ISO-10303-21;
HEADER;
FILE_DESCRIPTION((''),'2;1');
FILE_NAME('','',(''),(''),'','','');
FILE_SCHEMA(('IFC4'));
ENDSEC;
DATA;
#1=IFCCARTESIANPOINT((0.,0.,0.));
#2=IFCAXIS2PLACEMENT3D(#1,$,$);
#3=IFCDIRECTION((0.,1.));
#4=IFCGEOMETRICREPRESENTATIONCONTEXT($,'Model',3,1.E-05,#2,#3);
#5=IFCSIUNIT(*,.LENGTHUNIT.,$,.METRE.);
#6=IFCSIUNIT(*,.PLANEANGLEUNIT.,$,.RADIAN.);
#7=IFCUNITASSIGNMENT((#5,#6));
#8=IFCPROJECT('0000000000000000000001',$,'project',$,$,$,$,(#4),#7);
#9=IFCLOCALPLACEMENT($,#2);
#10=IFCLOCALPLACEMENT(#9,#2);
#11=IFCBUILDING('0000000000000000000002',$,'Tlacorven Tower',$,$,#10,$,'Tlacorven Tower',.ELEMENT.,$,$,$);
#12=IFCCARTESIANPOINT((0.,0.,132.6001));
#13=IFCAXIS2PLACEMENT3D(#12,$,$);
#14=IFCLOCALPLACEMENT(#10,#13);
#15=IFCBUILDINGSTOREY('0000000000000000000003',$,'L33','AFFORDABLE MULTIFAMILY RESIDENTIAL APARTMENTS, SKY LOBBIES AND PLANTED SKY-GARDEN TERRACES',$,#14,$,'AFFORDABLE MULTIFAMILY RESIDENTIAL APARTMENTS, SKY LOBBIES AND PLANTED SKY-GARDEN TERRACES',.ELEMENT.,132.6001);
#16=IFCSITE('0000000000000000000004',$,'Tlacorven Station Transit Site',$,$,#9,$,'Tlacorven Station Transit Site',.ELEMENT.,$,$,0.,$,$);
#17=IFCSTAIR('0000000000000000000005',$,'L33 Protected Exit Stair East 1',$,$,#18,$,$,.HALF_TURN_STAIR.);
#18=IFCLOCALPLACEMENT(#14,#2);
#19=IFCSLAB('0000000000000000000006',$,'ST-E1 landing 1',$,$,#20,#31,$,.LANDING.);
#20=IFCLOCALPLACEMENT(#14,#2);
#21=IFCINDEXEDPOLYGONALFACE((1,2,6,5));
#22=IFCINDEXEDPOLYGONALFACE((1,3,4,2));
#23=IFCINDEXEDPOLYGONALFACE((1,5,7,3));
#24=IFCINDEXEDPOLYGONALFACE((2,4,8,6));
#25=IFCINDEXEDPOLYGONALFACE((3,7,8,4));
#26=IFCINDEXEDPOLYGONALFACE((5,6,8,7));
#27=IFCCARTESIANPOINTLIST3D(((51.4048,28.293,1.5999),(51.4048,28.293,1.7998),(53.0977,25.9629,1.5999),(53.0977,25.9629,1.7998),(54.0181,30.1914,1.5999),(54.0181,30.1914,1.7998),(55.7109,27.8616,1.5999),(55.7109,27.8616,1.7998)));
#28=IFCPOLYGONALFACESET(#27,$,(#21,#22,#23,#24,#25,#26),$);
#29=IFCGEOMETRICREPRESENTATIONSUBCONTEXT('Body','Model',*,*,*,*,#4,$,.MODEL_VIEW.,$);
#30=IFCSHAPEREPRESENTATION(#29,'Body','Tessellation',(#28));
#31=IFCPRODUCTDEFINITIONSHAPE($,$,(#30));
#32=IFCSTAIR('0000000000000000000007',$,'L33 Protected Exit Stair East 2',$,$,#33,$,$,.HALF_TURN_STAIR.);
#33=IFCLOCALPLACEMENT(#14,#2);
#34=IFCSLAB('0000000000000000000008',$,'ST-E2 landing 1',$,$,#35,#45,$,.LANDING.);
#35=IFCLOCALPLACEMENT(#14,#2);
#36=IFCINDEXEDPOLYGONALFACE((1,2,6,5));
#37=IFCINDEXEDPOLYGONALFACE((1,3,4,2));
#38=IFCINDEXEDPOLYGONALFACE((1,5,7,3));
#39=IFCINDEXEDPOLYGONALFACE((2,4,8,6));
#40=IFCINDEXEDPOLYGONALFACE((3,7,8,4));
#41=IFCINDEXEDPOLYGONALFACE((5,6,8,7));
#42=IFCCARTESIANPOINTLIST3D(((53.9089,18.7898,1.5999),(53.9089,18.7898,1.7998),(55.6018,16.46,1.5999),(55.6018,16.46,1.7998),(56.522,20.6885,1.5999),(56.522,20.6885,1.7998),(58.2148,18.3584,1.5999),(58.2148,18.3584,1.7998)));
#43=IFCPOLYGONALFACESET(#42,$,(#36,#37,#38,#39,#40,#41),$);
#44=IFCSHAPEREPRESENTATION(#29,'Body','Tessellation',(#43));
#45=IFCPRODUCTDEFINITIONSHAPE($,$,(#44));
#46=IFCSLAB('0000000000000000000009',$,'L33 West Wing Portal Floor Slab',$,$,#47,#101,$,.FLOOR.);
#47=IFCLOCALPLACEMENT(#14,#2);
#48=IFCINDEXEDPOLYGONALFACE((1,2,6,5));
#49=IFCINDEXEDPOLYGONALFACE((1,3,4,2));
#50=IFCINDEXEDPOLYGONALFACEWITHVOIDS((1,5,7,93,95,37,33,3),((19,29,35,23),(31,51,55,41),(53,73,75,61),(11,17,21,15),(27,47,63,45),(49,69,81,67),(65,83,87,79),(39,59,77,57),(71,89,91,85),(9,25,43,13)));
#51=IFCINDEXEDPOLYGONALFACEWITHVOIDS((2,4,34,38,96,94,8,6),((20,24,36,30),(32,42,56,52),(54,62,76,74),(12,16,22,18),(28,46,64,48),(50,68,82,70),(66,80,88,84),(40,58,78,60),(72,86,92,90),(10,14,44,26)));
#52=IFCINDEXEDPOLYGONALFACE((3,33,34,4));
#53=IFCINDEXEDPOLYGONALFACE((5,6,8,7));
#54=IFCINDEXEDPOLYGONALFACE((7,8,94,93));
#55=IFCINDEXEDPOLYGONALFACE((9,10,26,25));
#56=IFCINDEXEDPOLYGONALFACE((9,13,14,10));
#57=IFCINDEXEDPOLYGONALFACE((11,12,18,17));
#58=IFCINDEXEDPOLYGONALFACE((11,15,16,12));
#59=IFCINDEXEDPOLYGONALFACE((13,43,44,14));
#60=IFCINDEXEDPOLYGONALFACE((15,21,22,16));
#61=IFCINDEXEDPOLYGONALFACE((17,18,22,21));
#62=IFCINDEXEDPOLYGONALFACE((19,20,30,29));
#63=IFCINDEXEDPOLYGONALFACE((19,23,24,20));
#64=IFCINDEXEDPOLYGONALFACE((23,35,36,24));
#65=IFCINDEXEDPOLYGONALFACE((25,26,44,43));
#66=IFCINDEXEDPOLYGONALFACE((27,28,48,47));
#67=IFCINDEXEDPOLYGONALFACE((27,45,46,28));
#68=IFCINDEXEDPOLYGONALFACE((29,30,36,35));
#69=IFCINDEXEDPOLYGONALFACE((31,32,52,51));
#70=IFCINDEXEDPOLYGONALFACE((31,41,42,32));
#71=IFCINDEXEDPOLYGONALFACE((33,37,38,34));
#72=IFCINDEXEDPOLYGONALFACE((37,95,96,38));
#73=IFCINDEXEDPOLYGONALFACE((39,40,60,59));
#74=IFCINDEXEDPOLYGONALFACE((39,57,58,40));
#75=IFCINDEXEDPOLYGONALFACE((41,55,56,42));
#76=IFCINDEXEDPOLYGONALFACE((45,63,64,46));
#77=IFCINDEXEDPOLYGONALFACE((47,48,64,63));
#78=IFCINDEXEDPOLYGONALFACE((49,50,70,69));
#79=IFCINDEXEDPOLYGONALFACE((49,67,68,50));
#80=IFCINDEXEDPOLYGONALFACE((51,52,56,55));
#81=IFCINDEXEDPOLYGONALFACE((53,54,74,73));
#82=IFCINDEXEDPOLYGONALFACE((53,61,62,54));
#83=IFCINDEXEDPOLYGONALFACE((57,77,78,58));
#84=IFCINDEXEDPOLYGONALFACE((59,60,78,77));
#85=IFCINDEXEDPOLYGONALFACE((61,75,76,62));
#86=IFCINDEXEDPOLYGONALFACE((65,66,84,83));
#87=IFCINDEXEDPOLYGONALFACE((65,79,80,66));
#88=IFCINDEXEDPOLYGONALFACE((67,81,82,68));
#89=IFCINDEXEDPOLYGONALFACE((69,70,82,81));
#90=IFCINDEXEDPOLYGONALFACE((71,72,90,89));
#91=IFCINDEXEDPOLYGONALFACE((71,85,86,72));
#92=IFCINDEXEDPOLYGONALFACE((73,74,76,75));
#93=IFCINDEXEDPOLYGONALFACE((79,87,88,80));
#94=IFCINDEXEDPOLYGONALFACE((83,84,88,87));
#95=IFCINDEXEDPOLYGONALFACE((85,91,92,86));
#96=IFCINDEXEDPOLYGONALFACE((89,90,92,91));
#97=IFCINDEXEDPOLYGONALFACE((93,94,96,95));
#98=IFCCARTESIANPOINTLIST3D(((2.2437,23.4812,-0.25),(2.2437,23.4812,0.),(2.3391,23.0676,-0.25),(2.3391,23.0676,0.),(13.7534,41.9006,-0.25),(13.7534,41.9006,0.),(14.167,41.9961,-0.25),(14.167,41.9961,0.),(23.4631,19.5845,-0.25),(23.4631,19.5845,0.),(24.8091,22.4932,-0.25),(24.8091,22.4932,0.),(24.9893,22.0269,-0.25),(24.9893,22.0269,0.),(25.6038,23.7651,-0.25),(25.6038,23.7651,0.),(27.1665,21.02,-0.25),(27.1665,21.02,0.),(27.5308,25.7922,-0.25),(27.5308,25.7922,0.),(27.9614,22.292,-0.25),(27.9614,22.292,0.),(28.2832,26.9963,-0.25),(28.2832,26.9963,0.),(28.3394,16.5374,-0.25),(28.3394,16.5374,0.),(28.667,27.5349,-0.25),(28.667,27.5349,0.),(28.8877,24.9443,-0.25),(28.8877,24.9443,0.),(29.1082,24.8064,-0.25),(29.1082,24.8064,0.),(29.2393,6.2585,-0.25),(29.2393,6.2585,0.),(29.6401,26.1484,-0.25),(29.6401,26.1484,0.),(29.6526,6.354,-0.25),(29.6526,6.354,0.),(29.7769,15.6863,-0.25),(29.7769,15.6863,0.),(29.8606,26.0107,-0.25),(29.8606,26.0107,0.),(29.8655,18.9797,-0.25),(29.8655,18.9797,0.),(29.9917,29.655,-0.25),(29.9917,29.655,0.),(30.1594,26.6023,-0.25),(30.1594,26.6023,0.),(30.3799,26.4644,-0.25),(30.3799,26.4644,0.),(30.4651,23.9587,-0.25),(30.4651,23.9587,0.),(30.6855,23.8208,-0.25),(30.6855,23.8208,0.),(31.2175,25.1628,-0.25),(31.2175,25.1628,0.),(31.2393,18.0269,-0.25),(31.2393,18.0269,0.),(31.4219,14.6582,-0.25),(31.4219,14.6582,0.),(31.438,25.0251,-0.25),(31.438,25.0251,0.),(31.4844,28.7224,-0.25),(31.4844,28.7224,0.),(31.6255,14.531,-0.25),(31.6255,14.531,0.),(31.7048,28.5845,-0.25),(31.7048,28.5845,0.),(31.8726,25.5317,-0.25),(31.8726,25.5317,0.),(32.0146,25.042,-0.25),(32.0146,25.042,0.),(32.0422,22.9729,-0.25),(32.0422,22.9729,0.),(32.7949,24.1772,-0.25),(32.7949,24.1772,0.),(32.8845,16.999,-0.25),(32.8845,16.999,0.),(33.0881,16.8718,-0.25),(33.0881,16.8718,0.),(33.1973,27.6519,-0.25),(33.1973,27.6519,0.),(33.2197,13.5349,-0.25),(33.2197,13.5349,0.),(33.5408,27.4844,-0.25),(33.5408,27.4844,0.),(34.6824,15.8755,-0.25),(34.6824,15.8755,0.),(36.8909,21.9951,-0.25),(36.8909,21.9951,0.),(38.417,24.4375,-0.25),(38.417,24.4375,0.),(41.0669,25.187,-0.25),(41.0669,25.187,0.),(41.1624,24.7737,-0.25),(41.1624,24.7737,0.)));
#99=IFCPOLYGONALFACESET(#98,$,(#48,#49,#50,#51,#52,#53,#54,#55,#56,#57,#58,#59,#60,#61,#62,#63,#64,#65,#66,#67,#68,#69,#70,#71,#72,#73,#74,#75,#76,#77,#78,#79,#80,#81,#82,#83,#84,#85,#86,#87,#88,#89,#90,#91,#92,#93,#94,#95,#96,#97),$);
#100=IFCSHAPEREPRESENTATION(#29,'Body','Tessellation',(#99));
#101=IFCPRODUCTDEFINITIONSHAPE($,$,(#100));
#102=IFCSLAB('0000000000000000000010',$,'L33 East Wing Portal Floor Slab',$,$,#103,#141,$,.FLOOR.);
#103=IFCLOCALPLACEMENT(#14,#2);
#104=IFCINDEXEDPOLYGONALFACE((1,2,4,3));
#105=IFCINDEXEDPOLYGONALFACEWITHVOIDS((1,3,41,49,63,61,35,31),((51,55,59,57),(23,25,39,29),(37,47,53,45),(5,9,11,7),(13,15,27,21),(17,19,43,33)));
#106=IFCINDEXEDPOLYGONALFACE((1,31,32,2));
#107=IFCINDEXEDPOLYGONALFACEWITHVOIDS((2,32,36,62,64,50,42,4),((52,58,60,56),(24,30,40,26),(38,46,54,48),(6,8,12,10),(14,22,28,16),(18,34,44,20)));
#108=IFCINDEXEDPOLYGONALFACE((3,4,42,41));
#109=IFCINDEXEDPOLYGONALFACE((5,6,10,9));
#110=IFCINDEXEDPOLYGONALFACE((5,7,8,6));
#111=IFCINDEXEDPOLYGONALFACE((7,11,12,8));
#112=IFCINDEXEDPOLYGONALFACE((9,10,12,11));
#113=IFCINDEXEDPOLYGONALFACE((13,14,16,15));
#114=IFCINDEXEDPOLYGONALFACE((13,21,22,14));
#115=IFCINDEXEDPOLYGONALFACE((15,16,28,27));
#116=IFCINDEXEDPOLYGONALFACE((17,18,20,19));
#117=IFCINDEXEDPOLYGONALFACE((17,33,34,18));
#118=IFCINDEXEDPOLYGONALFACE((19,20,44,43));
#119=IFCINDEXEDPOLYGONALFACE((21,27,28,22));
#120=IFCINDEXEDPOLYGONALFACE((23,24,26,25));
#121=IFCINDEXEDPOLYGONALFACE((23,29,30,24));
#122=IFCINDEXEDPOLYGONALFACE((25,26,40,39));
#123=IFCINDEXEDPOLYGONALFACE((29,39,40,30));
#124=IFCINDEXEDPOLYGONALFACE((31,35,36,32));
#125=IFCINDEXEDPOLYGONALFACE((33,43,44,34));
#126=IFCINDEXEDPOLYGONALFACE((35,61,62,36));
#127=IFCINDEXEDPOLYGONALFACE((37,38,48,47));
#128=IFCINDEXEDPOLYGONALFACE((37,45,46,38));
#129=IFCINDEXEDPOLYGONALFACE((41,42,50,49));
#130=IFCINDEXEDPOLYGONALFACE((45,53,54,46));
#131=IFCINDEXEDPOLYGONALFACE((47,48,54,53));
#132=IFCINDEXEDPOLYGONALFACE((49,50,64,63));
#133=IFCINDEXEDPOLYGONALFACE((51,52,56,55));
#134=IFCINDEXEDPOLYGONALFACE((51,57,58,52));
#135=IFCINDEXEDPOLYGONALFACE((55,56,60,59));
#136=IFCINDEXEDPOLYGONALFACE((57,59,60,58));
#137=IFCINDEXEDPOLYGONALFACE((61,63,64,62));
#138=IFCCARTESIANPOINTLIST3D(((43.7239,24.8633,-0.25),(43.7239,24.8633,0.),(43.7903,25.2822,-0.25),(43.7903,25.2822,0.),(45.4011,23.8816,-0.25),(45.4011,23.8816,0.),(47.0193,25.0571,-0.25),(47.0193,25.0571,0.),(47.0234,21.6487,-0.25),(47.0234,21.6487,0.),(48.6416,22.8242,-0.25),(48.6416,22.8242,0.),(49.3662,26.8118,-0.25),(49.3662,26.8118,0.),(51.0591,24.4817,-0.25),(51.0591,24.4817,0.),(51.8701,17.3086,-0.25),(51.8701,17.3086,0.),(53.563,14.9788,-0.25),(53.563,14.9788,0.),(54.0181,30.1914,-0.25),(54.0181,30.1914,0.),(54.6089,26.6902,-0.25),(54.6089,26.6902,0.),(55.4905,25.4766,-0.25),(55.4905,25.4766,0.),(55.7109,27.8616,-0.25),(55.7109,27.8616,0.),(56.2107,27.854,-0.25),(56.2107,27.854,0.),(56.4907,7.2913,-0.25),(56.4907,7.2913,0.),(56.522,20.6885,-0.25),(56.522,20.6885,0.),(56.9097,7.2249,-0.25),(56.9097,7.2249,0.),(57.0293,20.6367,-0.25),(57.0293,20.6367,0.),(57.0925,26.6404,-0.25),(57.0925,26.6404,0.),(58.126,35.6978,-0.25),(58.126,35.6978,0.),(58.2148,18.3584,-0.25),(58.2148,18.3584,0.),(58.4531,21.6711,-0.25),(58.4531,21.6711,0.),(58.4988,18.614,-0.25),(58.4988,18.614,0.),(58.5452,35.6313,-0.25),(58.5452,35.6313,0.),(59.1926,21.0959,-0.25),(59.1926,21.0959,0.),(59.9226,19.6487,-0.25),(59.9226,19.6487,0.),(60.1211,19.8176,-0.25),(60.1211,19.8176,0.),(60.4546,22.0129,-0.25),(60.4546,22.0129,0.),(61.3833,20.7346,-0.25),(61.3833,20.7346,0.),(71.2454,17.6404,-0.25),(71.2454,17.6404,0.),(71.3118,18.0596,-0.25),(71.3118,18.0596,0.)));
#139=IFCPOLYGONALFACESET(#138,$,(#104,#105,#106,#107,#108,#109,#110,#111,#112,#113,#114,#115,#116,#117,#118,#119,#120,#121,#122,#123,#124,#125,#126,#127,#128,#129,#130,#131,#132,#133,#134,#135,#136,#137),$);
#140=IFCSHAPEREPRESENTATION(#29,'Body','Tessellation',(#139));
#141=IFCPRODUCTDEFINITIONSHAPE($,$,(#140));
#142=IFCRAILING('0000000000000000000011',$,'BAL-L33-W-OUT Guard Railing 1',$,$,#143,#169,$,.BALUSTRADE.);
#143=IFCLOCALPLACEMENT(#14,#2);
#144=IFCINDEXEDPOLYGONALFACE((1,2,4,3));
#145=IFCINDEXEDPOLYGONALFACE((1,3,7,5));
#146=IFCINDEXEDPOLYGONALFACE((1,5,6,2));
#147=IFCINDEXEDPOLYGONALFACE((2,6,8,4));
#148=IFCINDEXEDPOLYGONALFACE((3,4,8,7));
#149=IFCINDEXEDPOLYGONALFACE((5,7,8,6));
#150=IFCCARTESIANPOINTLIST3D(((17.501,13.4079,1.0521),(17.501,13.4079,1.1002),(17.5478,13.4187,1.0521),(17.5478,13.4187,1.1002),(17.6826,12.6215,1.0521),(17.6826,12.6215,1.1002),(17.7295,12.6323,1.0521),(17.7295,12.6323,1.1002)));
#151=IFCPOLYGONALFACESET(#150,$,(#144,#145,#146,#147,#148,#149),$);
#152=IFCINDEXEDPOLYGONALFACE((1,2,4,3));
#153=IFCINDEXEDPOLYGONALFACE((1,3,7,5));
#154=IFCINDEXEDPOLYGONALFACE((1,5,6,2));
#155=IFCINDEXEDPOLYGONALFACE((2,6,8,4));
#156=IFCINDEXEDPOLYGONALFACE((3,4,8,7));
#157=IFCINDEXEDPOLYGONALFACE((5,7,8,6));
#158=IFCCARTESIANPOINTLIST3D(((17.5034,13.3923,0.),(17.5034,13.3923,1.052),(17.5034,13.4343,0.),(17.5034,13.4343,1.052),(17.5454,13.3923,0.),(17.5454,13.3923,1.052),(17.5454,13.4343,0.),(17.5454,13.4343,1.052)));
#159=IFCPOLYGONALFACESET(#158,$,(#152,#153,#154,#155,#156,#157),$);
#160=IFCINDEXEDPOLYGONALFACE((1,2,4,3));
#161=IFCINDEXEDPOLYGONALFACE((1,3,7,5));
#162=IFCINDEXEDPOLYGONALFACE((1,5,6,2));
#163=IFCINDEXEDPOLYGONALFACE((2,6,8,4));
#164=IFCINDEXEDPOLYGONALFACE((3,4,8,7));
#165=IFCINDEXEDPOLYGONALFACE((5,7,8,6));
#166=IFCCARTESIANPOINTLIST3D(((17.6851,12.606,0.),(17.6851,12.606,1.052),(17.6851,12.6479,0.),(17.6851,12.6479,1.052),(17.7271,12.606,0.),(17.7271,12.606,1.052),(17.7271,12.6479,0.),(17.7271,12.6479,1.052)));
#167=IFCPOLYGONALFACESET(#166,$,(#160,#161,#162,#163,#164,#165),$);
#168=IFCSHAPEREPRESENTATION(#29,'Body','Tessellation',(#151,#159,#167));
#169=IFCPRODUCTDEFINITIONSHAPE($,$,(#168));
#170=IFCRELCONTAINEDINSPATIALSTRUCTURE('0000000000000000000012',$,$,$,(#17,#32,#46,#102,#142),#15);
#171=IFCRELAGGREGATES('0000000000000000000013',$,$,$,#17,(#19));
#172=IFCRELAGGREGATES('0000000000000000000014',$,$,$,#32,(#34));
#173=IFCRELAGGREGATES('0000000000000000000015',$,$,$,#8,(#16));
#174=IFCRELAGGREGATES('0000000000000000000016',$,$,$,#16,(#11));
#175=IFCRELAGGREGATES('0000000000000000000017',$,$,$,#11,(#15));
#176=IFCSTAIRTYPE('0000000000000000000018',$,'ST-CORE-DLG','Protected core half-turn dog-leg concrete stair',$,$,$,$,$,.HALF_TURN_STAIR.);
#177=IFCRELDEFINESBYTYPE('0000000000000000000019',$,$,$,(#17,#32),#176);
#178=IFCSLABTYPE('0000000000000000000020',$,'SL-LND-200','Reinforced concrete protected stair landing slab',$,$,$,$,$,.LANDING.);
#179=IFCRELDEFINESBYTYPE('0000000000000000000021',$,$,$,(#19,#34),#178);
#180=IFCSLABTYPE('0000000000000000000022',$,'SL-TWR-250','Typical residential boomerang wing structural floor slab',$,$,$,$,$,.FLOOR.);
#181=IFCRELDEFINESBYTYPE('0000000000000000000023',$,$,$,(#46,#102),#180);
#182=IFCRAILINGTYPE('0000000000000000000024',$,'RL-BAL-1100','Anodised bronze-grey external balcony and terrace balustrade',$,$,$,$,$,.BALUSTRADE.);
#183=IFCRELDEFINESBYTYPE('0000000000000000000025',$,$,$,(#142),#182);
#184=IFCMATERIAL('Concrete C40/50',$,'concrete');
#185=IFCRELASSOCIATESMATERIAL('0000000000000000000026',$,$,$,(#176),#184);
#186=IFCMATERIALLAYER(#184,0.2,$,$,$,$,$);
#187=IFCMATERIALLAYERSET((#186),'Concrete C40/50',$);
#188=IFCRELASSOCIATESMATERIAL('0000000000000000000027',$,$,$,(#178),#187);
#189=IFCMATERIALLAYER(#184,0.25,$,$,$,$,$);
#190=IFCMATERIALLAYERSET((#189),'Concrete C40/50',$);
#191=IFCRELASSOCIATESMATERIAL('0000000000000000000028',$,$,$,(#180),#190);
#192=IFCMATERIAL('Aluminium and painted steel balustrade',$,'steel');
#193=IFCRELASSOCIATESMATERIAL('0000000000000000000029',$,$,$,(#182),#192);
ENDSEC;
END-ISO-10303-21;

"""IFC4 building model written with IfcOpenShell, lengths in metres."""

from ifc_helpers import new_model, si_unit, direction, frame, origin, origin_2d, place, context, subcontext, project, spatial, polyline, rectangle, outline, extrude, source, transform, mapped, material, layer, layer_set, type_object, element, aggregate, save


model = new_model("IFC4")

# Units and contexts
model_context = context("Model", 3, precision=1e-05, world=origin(), true_north=direction((0.0, 1.0)))
body_context = subcontext(model_context, "Body", "Model", "MODEL_VIEW")
ifc_project = project(units=[si_unit("LENGTHUNIT", "METRE"), si_unit("PLANEANGLEUNIT", "RADIAN")], contexts=[model_context])

# Site, building, storey
site_placement = place(None, origin())
site = spatial("IfcSite", under=ifc_project, at=site_placement, Name="Tlacorven Station Transit Site", LongName="Tlacorven Station Transit Site", CompositionType="ELEMENT", RefElevation=0.0)
building_placement = place(site_placement, origin())
building = spatial("IfcBuilding", under=site, at=building_placement, Name="Tlacorven Tower", LongName="Tlacorven Tower", CompositionType="ELEMENT")
storey_placement = place(building_placement, frame((0.0, 0.0, 132.6001)))
storey = spatial("IfcBuildingStorey", under=building, at=storey_placement, Name="L33", Description="AFFORDABLE MULTIFAMILY RESIDENTIAL APARTMENTS, SKY LOBBIES AND PLANTED SKY-GARDEN TERRACES", LongName="AFFORDABLE MULTIFAMILY RESIDENTIAL APARTMENTS, SKY LOBBIES AND PLANTED SKY-GARDEN TERRACES", CompositionType="ELEMENT", Elevation=132.6001)

# Stairs, slabs
ifc_material_1 = material(Name="Concrete C40/50", Category="concrete")
stair_type = type_object("IfcStairType", Name="ST-CORE-DLG", Description="Protected core half-turn dog-leg concrete stair", PredefinedType="HALF_TURN_STAIR", material=ifc_material_1)
ifc_layer_1 = layer(ifc_material_1, 0.2)
ifc_layer_set_1 = layer_set([ifc_layer_1], Name="Concrete C40/50")
slab_type_1 = type_object("IfcSlabType", Name="SL-LND-200", Description="Reinforced concrete protected stair landing slab", PredefinedType="LANDING", material=ifc_layer_set_1)
stair_1_placement = place(storey_placement, origin())
stair_1 = element("IfcStair", 1, at=stair_1_placement, inside=storey, type_object=stair_type, Name="L33 Protected Exit Stair East 1", PredefinedType="HALF_TURN_STAIR")
slab_1_placement = place(storey_placement, frame((0.0, 0.0, 1.5999)))
slab_1 = element("IfcSlab", 2, at=slab_1_placement, type_object=slab_type_1, Name="ST-E1 landing 1", PredefinedType="LANDING", context=body_context, shape_type="SweptSolid", body=[
    extrude(outline(polyline([(53.0977, 25.9629), (55.7109, 27.8616), (54.0181, 30.1914), (51.4048, 28.293), (53.0977, 25.9629)])), origin(), (0.0, 0.0, 1.0), 0.2),
])
aggregate(stair_1, [slab_1])
stair_2_placement = place(storey_placement, origin())
stair_2 = element("IfcStair", 3, at=stair_2_placement, inside=storey, type_object=stair_type, Name="L33 Protected Exit Stair East 2", PredefinedType="HALF_TURN_STAIR")
slab_2_placement = place(storey_placement, frame((0.0, 0.0, 1.5999)))
slab_2 = element("IfcSlab", 4, at=slab_2_placement, type_object=slab_type_1, Name="ST-E2 landing 1", PredefinedType="LANDING", context=body_context, shape_type="SweptSolid", body=[
    extrude(outline(polyline([(55.6018, 16.46), (58.2148, 18.3584), (56.522, 20.6885), (53.9089, 18.7898), (55.6018, 16.46)])), origin(), (0.0, 0.0, 1.0), 0.2),
])
aggregate(stair_2, [slab_2])

# Slabs
ifc_layer_2 = layer(ifc_material_1, 0.25)
ifc_layer_set_2 = layer_set([ifc_layer_2], Name="Concrete C40/50")
slab_type_2 = type_object("IfcSlabType", Name="SL-TWR-250", Description="Typical residential boomerang wing structural floor slab", PredefinedType="FLOOR", material=ifc_layer_set_2)
slab_3_placement = place(storey_placement, frame((0.0, 0.0, -0.25)))
element("IfcSlab", 5, at=slab_3_placement, inside=storey, type_object=slab_type_2, Name="L33 West Wing Portal Floor Slab", PredefinedType="FLOOR", context=body_context, shape_type="SweptSolid", body=[
    extrude(outline(polyline([(41.0669, 25.187), (14.167, 41.9961), (13.7534, 41.9006), (2.2437, 23.4812), (2.3391, 23.0676), (29.2393, 6.2585), (29.6526, 6.354), (41.1624, 24.7737), (41.0669, 25.187)]), holes=[polyline([(29.8655, 18.9797), (24.9893, 22.0269), (23.4631, 19.5845), (28.3394, 16.5374), (29.8655, 18.9797)]), polyline([(38.417, 24.4375), (33.5408, 27.4844), (32.0146, 25.042), (36.8909, 21.9951), (38.417, 24.4375)]), polyline([(34.6824, 15.8755), (33.0881, 16.8718), (31.6255, 14.531), (33.2197, 13.5349), (34.6824, 15.8755)]), polyline([(32.8845, 16.999), (31.2393, 18.0269), (29.7769, 15.6863), (31.4219, 14.6582), (32.8845, 16.999)]), polyline([(33.1973, 27.6519), (31.7048, 28.5845), (30.3799, 26.4644), (31.8726, 25.5317), (33.1973, 27.6519)]), polyline([(31.4844, 28.7224), (29.9917, 29.655), (28.667, 27.5349), (30.1594, 26.6023), (31.4844, 28.7224)]), polyline([(32.7949, 24.1772), (31.438, 25.0251), (30.6855, 23.8208), (32.0422, 22.9729), (32.7949, 24.1772)]), polyline([(31.2175, 25.1628), (29.8606, 26.0107), (29.1082, 24.8064), (30.4651, 23.9587), (31.2175, 25.1628)]), polyline([(29.6401, 26.1484), (28.2832, 26.9963), (27.5308, 25.7922), (28.8877, 24.9443), (29.6401, 26.1484)]), polyline([(27.9614, 22.292), (25.6038, 23.7651), (24.8091, 22.4932), (27.1665, 21.02), (27.9614, 22.292)])]), origin(), (0.0, 0.0, 1.0), 0.25),
])
slab_4_placement = place(storey_placement, frame((0.0, 0.0, -0.25)))
element("IfcSlab", 6, at=slab_4_placement, inside=storey, type_object=slab_type_2, Name="L33 East Wing Portal Floor Slab", PredefinedType="FLOOR", context=body_context, shape_type="SweptSolid", body=[
    extrude(outline(polyline([(56.9097, 7.2249), (71.2454, 17.6404), (71.3118, 18.0596), (58.5452, 35.6313), (58.126, 35.6978), (43.7903, 25.2822), (43.7239, 24.8633), (56.4907, 7.2913), (56.9097, 7.2249)]), holes=[polyline([(51.0591, 24.4817), (55.7109, 27.8616), (54.0181, 30.1914), (49.3662, 26.8118), (51.0591, 24.4817)]), polyline([(53.563, 14.9788), (58.2148, 18.3584), (56.522, 20.6885), (51.8701, 17.3086), (53.563, 14.9788)]), polyline([(47.0234, 21.6487), (48.6416, 22.8242), (47.0193, 25.0571), (45.4011, 23.8816), (47.0234, 21.6487)]), polyline([(58.4988, 18.614), (59.9226, 19.6487), (58.4531, 21.6711), (57.0293, 20.6367), (58.4988, 18.614)]), polyline([(55.4905, 25.4766), (57.0925, 26.6404), (56.2107, 27.854), (54.6089, 26.6902), (55.4905, 25.4766)]), polyline([(60.1211, 19.8176), (61.3833, 20.7346), (60.4546, 22.0129), (59.1926, 21.0959), (60.1211, 19.8176)])]), origin(), (0.0, 0.0, 1.0), 0.25),
])

# Railing
ifc_material_2 = material(Name="Aluminium and painted steel balustrade", Category="steel")
railing_type = type_object("IfcRailingType", Name="RL-BAL-1100", Description="Anodised bronze-grey external balcony and terrace balustrade", PredefinedType="BALUSTRADE", material=ifc_material_2)
shared_shape_1 = source(origin(), body_context, "Body", "SweptSolid", [
    extrude(rectangle(XDim=0.0481, YDim=0.0481, at=origin_2d()), frame((0.0, 0.0, 1.0762), z_axis=(0.225058, -0.974345, 0.0), x_axis=(0.974345, 0.225058, 0.0)), (0.0, 0.0, 1.0), 0.8071),
    extrude(rectangle(XDim=0.042, YDim=0.042, at=origin_2d()), origin(), (0.0, 0.0, 1.0), 1.052),
    extrude(rectangle(XDim=0.042, YDim=0.042, at=origin_2d()), frame((0.1816, -0.7864, 0.0)), (0.0, 0.0, 1.0), 1.052),
])
railing_1_placement = place(storey_placement, frame((17.5244, 13.4133, 0.0)))
element("IfcRailing", 7, at=railing_1_placement, inside=storey, type_object=railing_type, Name="BAL-L33-W-OUT Guard Railing 1", PredefinedType="BALUSTRADE", context=body_context, shape_type="MappedRepresentation", body=[
    mapped(shared_shape_1, transform((0.0, 0.0, 0.0), scale=1.0)),
])

save(model, "model.ifc")
